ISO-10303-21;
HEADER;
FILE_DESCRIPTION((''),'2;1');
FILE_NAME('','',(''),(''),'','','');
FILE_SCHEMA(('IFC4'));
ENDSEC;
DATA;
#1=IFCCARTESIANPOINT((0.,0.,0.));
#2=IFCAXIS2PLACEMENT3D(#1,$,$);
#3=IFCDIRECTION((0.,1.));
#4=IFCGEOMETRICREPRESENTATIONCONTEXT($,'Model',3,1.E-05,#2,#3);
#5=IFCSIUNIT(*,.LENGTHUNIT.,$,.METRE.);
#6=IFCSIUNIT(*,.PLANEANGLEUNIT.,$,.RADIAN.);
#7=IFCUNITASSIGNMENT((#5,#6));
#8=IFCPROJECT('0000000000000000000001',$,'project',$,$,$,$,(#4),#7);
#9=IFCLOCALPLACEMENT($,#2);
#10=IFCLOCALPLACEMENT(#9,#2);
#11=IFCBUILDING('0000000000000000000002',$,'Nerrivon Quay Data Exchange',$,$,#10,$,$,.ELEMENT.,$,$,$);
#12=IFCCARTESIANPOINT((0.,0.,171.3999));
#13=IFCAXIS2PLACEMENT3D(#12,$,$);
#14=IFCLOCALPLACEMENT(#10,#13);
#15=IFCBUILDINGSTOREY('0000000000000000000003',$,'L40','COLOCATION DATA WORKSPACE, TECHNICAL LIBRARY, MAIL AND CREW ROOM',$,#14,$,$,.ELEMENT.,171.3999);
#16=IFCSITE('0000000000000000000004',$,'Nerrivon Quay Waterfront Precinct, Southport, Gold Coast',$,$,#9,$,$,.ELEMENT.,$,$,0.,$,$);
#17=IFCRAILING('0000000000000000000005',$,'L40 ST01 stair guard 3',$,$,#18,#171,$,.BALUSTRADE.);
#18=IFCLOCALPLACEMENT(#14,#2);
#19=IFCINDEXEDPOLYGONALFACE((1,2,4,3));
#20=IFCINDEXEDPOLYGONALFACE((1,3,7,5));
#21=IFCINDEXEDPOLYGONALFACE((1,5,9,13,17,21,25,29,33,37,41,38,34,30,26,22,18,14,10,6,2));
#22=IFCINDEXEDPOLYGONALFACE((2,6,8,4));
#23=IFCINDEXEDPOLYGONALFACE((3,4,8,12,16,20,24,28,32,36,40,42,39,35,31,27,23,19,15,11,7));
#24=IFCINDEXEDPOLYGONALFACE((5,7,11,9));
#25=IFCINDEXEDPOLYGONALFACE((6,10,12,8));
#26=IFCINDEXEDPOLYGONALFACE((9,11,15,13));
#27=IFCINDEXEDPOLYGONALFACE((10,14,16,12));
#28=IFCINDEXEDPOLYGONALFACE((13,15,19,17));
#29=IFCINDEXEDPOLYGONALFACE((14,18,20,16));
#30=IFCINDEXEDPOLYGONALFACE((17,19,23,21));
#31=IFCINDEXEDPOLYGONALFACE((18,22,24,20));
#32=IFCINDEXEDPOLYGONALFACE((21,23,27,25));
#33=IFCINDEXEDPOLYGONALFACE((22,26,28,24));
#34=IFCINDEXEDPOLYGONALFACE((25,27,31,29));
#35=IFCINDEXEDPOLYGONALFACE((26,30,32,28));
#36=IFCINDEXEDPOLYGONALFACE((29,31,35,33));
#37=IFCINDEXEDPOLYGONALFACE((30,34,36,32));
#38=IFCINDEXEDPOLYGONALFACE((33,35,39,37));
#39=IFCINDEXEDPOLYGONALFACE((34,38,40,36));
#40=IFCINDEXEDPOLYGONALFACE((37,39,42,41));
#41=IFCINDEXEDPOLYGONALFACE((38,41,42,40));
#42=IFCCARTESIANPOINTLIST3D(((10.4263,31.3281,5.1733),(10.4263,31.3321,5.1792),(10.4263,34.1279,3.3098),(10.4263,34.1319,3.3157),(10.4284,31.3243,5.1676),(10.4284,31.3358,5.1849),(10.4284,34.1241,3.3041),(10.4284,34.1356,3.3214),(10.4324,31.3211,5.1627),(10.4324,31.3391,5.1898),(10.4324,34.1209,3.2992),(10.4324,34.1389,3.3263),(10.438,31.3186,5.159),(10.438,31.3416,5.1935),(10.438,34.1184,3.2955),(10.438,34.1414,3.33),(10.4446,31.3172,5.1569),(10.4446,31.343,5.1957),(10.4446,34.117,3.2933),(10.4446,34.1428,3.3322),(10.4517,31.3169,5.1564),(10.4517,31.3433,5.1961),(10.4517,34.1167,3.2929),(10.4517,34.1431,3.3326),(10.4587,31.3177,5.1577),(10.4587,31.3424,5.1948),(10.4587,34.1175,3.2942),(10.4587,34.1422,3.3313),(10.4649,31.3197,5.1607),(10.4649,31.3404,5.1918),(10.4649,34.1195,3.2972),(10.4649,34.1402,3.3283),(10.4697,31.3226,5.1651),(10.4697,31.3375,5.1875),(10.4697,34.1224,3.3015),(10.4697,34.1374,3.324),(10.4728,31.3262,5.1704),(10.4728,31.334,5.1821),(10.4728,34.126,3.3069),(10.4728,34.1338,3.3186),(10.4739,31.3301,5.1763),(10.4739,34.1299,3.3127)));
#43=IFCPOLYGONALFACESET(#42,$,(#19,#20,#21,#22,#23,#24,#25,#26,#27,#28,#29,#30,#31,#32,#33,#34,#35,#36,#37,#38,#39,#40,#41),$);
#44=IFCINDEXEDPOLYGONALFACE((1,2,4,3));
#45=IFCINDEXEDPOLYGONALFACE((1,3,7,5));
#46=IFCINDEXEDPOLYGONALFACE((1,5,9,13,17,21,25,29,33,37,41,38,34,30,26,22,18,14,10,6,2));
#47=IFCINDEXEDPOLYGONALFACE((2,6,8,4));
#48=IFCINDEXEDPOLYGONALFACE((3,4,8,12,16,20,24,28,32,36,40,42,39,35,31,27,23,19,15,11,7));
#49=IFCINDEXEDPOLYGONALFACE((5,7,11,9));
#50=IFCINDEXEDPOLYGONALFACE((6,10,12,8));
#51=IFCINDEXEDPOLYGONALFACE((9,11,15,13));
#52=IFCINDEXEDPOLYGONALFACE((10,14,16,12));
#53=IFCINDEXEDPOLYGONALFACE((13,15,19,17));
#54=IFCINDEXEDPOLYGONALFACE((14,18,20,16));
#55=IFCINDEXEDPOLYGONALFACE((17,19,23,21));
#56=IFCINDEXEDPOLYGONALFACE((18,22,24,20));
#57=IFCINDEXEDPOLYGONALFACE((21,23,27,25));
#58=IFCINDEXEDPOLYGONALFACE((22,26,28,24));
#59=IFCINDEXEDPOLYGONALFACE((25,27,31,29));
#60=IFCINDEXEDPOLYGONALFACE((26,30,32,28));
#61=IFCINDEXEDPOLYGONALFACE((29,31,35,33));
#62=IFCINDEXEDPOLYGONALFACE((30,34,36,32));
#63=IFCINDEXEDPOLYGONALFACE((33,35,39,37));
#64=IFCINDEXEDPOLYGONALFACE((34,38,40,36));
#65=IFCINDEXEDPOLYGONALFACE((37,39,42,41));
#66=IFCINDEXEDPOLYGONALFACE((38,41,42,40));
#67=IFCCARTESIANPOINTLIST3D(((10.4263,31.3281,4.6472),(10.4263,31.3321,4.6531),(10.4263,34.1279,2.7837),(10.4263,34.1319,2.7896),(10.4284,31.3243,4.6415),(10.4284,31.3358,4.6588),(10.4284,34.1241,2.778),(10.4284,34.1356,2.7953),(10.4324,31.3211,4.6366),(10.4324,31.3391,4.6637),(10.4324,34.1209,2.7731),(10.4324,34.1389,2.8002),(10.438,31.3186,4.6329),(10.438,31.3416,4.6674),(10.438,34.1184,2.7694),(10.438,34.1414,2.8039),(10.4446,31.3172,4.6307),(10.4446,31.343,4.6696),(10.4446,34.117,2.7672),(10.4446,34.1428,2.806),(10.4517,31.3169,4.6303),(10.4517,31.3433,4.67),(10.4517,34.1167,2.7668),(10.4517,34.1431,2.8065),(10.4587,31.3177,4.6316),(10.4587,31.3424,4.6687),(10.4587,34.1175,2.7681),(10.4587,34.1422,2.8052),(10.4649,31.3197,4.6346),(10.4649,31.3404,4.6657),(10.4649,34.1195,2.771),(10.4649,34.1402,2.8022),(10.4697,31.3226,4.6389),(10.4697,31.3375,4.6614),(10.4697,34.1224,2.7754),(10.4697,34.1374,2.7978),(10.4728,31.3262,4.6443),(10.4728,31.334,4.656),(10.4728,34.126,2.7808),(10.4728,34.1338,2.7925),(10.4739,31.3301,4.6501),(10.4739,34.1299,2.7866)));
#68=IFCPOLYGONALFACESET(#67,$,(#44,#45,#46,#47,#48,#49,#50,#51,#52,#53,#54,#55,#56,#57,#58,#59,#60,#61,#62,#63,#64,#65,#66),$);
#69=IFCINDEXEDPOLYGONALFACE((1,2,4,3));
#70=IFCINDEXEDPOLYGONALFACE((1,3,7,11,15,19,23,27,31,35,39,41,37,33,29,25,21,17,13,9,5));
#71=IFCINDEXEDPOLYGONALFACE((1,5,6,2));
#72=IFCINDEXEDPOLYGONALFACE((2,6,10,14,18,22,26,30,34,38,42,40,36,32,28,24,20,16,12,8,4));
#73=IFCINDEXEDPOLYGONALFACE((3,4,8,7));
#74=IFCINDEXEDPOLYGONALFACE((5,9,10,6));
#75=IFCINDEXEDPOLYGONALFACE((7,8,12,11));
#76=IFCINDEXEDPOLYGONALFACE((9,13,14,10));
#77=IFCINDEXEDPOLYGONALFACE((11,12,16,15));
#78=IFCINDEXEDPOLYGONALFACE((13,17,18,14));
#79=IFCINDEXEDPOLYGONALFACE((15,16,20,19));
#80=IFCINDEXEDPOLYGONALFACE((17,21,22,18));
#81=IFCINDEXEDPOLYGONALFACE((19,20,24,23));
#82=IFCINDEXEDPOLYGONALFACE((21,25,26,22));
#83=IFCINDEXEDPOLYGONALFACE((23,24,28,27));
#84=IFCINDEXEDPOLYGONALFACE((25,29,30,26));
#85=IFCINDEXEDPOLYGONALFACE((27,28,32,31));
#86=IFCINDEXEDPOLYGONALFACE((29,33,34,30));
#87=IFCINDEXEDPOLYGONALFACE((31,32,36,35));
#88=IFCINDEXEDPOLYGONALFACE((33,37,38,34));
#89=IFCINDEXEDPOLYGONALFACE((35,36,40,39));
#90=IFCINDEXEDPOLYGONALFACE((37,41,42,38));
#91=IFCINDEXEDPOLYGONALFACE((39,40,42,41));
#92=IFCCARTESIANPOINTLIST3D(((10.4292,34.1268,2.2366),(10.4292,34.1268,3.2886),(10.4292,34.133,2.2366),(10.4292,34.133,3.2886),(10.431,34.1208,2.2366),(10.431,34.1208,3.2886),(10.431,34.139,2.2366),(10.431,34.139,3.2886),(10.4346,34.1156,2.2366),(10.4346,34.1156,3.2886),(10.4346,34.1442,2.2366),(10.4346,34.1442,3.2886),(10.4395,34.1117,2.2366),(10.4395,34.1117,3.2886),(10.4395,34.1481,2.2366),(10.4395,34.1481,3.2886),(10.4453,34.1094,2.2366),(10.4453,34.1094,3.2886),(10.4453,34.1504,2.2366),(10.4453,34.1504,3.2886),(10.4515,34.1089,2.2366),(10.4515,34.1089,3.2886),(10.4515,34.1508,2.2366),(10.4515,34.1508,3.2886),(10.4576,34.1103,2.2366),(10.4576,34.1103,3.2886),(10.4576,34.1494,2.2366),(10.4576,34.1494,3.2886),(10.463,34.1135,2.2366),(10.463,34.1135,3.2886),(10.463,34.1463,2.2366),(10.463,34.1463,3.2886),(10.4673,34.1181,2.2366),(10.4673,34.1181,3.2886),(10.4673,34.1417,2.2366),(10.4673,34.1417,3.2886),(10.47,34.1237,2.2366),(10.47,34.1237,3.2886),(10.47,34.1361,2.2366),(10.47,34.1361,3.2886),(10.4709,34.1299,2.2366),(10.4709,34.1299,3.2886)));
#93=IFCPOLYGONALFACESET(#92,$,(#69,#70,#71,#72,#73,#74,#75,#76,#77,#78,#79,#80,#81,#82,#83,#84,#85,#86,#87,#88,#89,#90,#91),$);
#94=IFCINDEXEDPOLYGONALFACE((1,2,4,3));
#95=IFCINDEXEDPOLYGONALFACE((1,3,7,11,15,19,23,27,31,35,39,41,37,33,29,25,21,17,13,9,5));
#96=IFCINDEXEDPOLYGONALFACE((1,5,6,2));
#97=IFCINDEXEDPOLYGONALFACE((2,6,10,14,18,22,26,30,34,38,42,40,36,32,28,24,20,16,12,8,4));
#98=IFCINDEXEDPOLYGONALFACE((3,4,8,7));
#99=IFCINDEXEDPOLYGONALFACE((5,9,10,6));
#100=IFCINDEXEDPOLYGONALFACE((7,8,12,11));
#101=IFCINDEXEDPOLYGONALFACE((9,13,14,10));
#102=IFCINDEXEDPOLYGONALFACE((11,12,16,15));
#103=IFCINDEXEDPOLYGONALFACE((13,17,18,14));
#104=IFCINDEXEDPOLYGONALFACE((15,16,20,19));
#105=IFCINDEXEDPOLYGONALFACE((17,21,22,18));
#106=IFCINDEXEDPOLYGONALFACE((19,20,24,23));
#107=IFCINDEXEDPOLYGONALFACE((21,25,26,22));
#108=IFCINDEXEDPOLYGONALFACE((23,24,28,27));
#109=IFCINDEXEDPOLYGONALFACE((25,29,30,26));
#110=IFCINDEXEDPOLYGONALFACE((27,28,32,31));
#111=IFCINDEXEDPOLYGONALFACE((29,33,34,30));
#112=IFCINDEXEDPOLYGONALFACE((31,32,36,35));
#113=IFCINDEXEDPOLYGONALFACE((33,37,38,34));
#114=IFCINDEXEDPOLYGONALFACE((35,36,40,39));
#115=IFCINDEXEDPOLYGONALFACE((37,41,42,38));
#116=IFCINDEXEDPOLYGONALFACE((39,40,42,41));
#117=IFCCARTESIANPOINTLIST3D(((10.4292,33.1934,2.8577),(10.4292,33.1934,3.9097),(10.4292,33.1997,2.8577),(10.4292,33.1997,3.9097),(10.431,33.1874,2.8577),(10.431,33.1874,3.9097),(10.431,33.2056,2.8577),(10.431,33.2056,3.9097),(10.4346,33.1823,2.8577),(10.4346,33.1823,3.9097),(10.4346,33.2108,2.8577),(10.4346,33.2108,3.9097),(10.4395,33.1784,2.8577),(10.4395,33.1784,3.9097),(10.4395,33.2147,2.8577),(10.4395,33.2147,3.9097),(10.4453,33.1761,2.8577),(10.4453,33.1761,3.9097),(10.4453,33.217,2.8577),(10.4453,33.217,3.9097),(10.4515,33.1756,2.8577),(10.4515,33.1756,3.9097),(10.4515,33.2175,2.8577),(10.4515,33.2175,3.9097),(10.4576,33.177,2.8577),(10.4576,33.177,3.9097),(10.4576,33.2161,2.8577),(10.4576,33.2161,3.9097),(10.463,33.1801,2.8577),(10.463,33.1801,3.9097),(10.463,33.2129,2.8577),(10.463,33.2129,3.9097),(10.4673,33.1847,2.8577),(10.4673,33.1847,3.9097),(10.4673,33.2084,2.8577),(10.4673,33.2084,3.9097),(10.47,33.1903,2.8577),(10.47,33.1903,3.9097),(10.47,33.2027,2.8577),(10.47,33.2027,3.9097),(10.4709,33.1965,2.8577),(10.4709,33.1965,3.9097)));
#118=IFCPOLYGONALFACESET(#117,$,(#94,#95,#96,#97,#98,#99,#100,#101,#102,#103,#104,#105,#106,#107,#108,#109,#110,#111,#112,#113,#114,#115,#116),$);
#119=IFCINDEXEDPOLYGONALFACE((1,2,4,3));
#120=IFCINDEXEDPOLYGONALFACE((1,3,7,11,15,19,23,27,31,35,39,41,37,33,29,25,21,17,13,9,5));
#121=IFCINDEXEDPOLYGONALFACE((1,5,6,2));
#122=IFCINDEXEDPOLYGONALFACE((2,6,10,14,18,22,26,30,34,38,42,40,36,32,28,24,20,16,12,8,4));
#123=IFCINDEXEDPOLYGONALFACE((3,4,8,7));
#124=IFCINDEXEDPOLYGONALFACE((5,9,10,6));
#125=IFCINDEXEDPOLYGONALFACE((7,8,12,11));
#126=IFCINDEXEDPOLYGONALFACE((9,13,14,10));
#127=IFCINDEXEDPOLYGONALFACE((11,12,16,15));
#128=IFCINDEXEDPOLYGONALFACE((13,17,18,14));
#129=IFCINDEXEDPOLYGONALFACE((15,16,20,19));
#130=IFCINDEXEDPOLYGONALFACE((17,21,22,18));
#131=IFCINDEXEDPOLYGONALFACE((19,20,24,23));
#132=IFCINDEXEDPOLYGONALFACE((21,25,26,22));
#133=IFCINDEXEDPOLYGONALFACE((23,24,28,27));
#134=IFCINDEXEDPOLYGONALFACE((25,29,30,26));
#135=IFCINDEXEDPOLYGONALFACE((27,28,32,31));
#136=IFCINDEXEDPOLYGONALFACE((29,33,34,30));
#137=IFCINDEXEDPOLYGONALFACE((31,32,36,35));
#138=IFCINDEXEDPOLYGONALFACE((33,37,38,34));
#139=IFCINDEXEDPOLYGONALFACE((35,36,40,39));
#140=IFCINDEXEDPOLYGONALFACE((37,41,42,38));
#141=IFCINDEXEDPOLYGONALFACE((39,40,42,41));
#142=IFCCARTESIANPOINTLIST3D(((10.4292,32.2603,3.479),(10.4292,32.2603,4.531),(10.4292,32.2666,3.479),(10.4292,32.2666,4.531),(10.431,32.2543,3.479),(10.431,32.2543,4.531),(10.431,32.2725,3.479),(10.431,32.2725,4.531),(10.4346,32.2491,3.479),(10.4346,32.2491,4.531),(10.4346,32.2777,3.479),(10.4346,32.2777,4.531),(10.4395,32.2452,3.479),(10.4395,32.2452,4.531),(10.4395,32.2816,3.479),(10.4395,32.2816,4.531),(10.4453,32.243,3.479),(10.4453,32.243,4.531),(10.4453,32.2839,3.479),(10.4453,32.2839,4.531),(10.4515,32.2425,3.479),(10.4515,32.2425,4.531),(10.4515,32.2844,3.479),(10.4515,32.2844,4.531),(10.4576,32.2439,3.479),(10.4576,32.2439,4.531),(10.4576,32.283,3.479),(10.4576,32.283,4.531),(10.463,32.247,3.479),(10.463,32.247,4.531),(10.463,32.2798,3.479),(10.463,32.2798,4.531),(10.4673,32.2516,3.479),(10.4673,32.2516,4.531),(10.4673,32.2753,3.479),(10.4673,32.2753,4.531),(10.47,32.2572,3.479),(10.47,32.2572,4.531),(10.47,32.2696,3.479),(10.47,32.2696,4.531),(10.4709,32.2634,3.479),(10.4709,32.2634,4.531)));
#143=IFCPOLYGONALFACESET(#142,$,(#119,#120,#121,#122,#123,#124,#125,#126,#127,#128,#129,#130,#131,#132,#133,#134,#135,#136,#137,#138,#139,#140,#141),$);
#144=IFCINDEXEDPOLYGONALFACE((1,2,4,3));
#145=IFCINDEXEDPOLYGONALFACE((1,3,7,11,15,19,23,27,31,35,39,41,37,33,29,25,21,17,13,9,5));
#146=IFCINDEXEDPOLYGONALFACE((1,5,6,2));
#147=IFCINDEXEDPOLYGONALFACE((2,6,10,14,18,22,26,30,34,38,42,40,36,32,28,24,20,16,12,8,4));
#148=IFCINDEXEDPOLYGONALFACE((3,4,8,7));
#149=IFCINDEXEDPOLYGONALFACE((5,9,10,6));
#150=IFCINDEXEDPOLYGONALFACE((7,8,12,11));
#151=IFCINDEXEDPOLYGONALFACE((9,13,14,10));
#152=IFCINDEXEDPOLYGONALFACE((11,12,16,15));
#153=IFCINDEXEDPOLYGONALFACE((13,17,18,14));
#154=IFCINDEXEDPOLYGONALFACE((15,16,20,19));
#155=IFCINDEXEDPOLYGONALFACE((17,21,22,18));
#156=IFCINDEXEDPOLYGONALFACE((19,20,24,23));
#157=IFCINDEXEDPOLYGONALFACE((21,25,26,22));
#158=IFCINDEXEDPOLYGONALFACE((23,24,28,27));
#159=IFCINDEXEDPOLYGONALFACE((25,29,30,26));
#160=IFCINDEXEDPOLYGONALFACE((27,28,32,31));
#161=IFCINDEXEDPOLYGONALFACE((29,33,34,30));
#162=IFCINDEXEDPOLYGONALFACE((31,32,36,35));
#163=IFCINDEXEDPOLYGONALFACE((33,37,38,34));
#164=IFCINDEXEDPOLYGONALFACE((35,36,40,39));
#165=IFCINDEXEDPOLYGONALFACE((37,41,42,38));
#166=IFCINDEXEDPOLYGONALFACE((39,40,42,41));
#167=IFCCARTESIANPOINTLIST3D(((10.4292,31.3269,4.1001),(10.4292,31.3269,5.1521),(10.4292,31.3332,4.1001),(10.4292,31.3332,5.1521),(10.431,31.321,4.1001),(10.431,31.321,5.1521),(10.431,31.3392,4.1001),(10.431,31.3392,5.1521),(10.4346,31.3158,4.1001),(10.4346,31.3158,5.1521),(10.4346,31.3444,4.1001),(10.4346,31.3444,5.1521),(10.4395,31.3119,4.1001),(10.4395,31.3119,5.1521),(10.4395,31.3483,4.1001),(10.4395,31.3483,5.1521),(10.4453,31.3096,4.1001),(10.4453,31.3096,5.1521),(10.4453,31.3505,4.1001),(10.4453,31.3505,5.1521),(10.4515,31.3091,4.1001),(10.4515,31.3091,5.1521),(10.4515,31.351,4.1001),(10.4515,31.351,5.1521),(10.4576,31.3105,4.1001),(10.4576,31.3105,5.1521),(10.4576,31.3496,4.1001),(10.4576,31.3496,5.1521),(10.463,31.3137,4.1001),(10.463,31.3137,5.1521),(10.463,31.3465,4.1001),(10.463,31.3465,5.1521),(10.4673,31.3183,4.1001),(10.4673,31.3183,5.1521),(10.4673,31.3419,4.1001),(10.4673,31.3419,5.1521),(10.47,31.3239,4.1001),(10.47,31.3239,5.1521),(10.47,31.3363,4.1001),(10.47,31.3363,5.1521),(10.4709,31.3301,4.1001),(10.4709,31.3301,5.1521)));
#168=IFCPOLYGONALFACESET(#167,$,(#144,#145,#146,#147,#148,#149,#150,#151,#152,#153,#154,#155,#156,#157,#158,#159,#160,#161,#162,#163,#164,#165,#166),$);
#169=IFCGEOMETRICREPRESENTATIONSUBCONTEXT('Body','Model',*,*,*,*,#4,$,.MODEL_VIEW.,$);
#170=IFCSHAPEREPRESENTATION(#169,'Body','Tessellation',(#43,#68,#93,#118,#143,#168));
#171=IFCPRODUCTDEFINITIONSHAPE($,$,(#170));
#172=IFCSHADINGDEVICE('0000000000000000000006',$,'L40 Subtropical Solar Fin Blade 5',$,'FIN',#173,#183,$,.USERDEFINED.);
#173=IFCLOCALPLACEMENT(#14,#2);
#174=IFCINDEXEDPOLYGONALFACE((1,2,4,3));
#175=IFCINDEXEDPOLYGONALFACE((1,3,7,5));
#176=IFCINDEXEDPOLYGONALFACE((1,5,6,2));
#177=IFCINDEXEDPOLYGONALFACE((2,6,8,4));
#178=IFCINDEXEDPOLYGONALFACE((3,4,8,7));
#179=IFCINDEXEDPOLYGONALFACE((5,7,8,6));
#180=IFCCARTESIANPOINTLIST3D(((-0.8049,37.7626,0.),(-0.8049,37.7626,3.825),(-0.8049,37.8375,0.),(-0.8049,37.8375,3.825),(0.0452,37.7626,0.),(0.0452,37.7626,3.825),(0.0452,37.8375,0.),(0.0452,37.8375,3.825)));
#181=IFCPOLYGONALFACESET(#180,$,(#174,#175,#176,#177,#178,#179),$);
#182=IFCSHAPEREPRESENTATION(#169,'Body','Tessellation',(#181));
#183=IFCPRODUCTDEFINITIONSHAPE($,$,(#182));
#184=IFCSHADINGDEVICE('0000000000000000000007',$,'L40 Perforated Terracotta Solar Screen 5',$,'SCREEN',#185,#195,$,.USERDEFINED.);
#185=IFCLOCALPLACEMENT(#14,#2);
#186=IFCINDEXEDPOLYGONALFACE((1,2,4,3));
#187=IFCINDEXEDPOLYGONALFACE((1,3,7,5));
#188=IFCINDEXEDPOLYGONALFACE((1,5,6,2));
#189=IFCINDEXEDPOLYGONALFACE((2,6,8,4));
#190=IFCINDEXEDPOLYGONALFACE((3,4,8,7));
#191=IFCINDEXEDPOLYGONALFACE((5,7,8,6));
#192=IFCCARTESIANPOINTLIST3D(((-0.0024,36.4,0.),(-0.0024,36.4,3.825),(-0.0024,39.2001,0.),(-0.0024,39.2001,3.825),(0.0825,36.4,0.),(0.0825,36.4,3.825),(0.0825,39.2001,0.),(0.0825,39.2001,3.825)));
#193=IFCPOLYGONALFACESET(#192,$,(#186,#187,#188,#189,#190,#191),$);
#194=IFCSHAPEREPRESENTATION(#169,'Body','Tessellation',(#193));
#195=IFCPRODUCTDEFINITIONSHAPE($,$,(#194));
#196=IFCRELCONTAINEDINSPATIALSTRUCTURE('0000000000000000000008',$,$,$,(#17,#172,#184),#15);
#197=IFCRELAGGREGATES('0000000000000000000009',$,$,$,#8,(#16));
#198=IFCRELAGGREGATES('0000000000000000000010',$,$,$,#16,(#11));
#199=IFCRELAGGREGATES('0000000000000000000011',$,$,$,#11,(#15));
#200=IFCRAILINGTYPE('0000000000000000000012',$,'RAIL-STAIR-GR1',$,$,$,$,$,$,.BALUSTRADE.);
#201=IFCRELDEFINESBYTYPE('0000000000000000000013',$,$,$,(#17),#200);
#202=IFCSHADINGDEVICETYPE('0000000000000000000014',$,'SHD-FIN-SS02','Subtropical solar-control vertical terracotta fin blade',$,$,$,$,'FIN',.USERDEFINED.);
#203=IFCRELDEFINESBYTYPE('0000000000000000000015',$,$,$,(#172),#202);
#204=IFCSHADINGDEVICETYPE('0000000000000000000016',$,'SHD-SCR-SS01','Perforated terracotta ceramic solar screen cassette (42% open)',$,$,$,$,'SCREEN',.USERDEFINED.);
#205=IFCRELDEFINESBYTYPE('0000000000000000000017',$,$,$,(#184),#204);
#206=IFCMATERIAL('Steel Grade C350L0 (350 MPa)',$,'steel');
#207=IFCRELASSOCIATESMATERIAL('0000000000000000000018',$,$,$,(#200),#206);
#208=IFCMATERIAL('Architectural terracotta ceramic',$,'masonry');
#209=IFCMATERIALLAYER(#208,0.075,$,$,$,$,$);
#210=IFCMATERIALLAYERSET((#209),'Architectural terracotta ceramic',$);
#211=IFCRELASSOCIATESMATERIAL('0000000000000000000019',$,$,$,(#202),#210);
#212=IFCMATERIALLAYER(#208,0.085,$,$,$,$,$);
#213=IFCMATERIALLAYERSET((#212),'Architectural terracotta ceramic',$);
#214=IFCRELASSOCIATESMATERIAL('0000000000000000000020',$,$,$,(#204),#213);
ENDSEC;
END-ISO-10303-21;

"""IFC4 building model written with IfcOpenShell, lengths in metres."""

from ifc_helpers import new_model, si_unit, direction, frame, origin, origin_2d, place, context, subcontext, project, spatial, rectangle, circle, extrude, material, layer, layer_set, type_object, element, save


model = new_model("IFC4")

# Units and contexts
model_context = context("Model", 3, precision=1e-05, world=origin(), true_north=direction((0.0, 1.0)))
body_context = subcontext(model_context, "Body", "Model", "MODEL_VIEW")
ifc_project = project(units=[si_unit("LENGTHUNIT", "METRE"), si_unit("PLANEANGLEUNIT", "RADIAN")], contexts=[model_context])

# Site, building, storey
site_placement = place(None, origin())
site = spatial("IfcSite", under=ifc_project, at=site_placement, Name="Nerrivon Quay Waterfront Precinct, Southport, Gold Coast", CompositionType="ELEMENT", RefElevation=0.0)
building_placement = place(site_placement, origin())
building = spatial("IfcBuilding", under=site, at=building_placement, Name="Nerrivon Quay Data Exchange", CompositionType="ELEMENT")
storey_placement = place(building_placement, frame((0.0, 0.0, 171.3999)))
storey = spatial("IfcBuildingStorey", under=building, at=storey_placement, Name="L40", Description="COLOCATION DATA WORKSPACE, TECHNICAL LIBRARY, MAIL AND CREW ROOM", CompositionType="ELEMENT", Elevation=171.3999)

# Shared definitions
ifc_material_1 = material(Name="Architectural terracotta ceramic", Category="masonry")

# Railing
ifc_material_2 = material(Name="Steel Grade C350L0 (350 MPa)", Category="steel")
railing_type = type_object("IfcRailingType", Name="RAIL-STAIR-GR1", PredefinedType="BALUSTRADE", material=ifc_material_2)
railing_1_placement = place(storey_placement, frame((10.45, 34.1299, 2.2366)))
element("IfcRailing", 1, at=railing_1_placement, inside=storey, type_object=railing_type, Name="L40 ST01 stair guard 3", PredefinedType="BALUSTRADE", context=body_context, shape_type="SweptSolid", body=[
    extrude(circle(Radius=0.0239, at=origin_2d()), frame((0.0, 0.0, 1.0762), z_axis=(0.0, -0.832463, 0.55408), x_axis=(1.0, 0.0, 0.0)), (0.0, 0.0, 1.0), 3.3633),
    extrude(circle(Radius=0.0239, at=origin_2d()), frame((0.0, 0.0, 0.55), z_axis=(0.0, -0.832463, 0.55408), x_axis=(1.0, 0.0, 0.0)), (0.0, 0.0, 1.0), 3.3633),
    extrude(circle(Radius=0.021, at=origin_2d()), origin(), (0.0, 0.0, 1.0), 1.052),
    extrude(circle(Radius=0.021, at=origin_2d()), frame((0.0, -0.9333, 0.6211)), (0.0, 0.0, 1.0), 1.052),
    extrude(circle(Radius=0.021, at=origin_2d()), frame((0.0, -1.8665, 1.2424)), (0.0, 0.0, 1.0), 1.052),
    extrude(circle(Radius=0.021, at=origin_2d()), frame((0.0, -2.7998, 1.8635)), (0.0, 0.0, 1.0), 1.052),
])

# Shading devices
ifc_layer_1 = layer(ifc_material_1, 0.075)
ifc_layer_set_1 = layer_set([ifc_layer_1], Name="Architectural terracotta ceramic")
shading_device_type_1 = type_object("IfcShadingDeviceType", Name="SHD-FIN-SS02", Description="Subtropical solar-control vertical terracotta fin blade", ElementType="FIN", PredefinedType="USERDEFINED", material=ifc_layer_set_1)
shading_device_1_placement = place(storey_placement, frame((-0.3799, 37.8, 0.0), z_axis=(0.0, 0.0, 1.0), x_axis=(0.0, 1.0, 0.0)))
element("IfcShadingDevice", 2, at=shading_device_1_placement, inside=storey, type_object=shading_device_type_1, Name="L40 Subtropical Solar Fin Blade 5", ObjectType="FIN", PredefinedType="USERDEFINED", context=body_context, shape_type="SweptSolid", body=[
    extrude(rectangle(XDim=0.075, YDim=0.8501, at=origin_2d()), origin(), (0.0, 0.0, 1.0), 3.825),
])
ifc_layer_2 = layer(ifc_material_1, 0.085)
ifc_layer_set_2 = layer_set([ifc_layer_2], Name="Architectural terracotta ceramic")
shading_device_type_2 = type_object("IfcShadingDeviceType", Name="SHD-SCR-SS01", Description="Perforated terracotta ceramic solar screen cassette (42% open)", ElementType="SCREEN", PredefinedType="USERDEFINED", material=ifc_layer_set_2)
shading_device_2_placement = place(storey_placement, frame((0.04, 37.8, 0.0), z_axis=(0.0, 0.0, 1.0), x_axis=(0.0, 1.0, 0.0)))
element("IfcShadingDevice", 3, at=shading_device_2_placement, inside=storey, type_object=shading_device_type_2, Name="L40 Perforated Terracotta Solar Screen 5", ObjectType="SCREEN", PredefinedType="USERDEFINED", context=body_context, shape_type="SweptSolid", body=[
    extrude(rectangle(XDim=2.8, YDim=0.085, at=origin_2d()), origin(), (0.0, 0.0, 1.0), 3.825),
])

save(model, "model.ifc")
